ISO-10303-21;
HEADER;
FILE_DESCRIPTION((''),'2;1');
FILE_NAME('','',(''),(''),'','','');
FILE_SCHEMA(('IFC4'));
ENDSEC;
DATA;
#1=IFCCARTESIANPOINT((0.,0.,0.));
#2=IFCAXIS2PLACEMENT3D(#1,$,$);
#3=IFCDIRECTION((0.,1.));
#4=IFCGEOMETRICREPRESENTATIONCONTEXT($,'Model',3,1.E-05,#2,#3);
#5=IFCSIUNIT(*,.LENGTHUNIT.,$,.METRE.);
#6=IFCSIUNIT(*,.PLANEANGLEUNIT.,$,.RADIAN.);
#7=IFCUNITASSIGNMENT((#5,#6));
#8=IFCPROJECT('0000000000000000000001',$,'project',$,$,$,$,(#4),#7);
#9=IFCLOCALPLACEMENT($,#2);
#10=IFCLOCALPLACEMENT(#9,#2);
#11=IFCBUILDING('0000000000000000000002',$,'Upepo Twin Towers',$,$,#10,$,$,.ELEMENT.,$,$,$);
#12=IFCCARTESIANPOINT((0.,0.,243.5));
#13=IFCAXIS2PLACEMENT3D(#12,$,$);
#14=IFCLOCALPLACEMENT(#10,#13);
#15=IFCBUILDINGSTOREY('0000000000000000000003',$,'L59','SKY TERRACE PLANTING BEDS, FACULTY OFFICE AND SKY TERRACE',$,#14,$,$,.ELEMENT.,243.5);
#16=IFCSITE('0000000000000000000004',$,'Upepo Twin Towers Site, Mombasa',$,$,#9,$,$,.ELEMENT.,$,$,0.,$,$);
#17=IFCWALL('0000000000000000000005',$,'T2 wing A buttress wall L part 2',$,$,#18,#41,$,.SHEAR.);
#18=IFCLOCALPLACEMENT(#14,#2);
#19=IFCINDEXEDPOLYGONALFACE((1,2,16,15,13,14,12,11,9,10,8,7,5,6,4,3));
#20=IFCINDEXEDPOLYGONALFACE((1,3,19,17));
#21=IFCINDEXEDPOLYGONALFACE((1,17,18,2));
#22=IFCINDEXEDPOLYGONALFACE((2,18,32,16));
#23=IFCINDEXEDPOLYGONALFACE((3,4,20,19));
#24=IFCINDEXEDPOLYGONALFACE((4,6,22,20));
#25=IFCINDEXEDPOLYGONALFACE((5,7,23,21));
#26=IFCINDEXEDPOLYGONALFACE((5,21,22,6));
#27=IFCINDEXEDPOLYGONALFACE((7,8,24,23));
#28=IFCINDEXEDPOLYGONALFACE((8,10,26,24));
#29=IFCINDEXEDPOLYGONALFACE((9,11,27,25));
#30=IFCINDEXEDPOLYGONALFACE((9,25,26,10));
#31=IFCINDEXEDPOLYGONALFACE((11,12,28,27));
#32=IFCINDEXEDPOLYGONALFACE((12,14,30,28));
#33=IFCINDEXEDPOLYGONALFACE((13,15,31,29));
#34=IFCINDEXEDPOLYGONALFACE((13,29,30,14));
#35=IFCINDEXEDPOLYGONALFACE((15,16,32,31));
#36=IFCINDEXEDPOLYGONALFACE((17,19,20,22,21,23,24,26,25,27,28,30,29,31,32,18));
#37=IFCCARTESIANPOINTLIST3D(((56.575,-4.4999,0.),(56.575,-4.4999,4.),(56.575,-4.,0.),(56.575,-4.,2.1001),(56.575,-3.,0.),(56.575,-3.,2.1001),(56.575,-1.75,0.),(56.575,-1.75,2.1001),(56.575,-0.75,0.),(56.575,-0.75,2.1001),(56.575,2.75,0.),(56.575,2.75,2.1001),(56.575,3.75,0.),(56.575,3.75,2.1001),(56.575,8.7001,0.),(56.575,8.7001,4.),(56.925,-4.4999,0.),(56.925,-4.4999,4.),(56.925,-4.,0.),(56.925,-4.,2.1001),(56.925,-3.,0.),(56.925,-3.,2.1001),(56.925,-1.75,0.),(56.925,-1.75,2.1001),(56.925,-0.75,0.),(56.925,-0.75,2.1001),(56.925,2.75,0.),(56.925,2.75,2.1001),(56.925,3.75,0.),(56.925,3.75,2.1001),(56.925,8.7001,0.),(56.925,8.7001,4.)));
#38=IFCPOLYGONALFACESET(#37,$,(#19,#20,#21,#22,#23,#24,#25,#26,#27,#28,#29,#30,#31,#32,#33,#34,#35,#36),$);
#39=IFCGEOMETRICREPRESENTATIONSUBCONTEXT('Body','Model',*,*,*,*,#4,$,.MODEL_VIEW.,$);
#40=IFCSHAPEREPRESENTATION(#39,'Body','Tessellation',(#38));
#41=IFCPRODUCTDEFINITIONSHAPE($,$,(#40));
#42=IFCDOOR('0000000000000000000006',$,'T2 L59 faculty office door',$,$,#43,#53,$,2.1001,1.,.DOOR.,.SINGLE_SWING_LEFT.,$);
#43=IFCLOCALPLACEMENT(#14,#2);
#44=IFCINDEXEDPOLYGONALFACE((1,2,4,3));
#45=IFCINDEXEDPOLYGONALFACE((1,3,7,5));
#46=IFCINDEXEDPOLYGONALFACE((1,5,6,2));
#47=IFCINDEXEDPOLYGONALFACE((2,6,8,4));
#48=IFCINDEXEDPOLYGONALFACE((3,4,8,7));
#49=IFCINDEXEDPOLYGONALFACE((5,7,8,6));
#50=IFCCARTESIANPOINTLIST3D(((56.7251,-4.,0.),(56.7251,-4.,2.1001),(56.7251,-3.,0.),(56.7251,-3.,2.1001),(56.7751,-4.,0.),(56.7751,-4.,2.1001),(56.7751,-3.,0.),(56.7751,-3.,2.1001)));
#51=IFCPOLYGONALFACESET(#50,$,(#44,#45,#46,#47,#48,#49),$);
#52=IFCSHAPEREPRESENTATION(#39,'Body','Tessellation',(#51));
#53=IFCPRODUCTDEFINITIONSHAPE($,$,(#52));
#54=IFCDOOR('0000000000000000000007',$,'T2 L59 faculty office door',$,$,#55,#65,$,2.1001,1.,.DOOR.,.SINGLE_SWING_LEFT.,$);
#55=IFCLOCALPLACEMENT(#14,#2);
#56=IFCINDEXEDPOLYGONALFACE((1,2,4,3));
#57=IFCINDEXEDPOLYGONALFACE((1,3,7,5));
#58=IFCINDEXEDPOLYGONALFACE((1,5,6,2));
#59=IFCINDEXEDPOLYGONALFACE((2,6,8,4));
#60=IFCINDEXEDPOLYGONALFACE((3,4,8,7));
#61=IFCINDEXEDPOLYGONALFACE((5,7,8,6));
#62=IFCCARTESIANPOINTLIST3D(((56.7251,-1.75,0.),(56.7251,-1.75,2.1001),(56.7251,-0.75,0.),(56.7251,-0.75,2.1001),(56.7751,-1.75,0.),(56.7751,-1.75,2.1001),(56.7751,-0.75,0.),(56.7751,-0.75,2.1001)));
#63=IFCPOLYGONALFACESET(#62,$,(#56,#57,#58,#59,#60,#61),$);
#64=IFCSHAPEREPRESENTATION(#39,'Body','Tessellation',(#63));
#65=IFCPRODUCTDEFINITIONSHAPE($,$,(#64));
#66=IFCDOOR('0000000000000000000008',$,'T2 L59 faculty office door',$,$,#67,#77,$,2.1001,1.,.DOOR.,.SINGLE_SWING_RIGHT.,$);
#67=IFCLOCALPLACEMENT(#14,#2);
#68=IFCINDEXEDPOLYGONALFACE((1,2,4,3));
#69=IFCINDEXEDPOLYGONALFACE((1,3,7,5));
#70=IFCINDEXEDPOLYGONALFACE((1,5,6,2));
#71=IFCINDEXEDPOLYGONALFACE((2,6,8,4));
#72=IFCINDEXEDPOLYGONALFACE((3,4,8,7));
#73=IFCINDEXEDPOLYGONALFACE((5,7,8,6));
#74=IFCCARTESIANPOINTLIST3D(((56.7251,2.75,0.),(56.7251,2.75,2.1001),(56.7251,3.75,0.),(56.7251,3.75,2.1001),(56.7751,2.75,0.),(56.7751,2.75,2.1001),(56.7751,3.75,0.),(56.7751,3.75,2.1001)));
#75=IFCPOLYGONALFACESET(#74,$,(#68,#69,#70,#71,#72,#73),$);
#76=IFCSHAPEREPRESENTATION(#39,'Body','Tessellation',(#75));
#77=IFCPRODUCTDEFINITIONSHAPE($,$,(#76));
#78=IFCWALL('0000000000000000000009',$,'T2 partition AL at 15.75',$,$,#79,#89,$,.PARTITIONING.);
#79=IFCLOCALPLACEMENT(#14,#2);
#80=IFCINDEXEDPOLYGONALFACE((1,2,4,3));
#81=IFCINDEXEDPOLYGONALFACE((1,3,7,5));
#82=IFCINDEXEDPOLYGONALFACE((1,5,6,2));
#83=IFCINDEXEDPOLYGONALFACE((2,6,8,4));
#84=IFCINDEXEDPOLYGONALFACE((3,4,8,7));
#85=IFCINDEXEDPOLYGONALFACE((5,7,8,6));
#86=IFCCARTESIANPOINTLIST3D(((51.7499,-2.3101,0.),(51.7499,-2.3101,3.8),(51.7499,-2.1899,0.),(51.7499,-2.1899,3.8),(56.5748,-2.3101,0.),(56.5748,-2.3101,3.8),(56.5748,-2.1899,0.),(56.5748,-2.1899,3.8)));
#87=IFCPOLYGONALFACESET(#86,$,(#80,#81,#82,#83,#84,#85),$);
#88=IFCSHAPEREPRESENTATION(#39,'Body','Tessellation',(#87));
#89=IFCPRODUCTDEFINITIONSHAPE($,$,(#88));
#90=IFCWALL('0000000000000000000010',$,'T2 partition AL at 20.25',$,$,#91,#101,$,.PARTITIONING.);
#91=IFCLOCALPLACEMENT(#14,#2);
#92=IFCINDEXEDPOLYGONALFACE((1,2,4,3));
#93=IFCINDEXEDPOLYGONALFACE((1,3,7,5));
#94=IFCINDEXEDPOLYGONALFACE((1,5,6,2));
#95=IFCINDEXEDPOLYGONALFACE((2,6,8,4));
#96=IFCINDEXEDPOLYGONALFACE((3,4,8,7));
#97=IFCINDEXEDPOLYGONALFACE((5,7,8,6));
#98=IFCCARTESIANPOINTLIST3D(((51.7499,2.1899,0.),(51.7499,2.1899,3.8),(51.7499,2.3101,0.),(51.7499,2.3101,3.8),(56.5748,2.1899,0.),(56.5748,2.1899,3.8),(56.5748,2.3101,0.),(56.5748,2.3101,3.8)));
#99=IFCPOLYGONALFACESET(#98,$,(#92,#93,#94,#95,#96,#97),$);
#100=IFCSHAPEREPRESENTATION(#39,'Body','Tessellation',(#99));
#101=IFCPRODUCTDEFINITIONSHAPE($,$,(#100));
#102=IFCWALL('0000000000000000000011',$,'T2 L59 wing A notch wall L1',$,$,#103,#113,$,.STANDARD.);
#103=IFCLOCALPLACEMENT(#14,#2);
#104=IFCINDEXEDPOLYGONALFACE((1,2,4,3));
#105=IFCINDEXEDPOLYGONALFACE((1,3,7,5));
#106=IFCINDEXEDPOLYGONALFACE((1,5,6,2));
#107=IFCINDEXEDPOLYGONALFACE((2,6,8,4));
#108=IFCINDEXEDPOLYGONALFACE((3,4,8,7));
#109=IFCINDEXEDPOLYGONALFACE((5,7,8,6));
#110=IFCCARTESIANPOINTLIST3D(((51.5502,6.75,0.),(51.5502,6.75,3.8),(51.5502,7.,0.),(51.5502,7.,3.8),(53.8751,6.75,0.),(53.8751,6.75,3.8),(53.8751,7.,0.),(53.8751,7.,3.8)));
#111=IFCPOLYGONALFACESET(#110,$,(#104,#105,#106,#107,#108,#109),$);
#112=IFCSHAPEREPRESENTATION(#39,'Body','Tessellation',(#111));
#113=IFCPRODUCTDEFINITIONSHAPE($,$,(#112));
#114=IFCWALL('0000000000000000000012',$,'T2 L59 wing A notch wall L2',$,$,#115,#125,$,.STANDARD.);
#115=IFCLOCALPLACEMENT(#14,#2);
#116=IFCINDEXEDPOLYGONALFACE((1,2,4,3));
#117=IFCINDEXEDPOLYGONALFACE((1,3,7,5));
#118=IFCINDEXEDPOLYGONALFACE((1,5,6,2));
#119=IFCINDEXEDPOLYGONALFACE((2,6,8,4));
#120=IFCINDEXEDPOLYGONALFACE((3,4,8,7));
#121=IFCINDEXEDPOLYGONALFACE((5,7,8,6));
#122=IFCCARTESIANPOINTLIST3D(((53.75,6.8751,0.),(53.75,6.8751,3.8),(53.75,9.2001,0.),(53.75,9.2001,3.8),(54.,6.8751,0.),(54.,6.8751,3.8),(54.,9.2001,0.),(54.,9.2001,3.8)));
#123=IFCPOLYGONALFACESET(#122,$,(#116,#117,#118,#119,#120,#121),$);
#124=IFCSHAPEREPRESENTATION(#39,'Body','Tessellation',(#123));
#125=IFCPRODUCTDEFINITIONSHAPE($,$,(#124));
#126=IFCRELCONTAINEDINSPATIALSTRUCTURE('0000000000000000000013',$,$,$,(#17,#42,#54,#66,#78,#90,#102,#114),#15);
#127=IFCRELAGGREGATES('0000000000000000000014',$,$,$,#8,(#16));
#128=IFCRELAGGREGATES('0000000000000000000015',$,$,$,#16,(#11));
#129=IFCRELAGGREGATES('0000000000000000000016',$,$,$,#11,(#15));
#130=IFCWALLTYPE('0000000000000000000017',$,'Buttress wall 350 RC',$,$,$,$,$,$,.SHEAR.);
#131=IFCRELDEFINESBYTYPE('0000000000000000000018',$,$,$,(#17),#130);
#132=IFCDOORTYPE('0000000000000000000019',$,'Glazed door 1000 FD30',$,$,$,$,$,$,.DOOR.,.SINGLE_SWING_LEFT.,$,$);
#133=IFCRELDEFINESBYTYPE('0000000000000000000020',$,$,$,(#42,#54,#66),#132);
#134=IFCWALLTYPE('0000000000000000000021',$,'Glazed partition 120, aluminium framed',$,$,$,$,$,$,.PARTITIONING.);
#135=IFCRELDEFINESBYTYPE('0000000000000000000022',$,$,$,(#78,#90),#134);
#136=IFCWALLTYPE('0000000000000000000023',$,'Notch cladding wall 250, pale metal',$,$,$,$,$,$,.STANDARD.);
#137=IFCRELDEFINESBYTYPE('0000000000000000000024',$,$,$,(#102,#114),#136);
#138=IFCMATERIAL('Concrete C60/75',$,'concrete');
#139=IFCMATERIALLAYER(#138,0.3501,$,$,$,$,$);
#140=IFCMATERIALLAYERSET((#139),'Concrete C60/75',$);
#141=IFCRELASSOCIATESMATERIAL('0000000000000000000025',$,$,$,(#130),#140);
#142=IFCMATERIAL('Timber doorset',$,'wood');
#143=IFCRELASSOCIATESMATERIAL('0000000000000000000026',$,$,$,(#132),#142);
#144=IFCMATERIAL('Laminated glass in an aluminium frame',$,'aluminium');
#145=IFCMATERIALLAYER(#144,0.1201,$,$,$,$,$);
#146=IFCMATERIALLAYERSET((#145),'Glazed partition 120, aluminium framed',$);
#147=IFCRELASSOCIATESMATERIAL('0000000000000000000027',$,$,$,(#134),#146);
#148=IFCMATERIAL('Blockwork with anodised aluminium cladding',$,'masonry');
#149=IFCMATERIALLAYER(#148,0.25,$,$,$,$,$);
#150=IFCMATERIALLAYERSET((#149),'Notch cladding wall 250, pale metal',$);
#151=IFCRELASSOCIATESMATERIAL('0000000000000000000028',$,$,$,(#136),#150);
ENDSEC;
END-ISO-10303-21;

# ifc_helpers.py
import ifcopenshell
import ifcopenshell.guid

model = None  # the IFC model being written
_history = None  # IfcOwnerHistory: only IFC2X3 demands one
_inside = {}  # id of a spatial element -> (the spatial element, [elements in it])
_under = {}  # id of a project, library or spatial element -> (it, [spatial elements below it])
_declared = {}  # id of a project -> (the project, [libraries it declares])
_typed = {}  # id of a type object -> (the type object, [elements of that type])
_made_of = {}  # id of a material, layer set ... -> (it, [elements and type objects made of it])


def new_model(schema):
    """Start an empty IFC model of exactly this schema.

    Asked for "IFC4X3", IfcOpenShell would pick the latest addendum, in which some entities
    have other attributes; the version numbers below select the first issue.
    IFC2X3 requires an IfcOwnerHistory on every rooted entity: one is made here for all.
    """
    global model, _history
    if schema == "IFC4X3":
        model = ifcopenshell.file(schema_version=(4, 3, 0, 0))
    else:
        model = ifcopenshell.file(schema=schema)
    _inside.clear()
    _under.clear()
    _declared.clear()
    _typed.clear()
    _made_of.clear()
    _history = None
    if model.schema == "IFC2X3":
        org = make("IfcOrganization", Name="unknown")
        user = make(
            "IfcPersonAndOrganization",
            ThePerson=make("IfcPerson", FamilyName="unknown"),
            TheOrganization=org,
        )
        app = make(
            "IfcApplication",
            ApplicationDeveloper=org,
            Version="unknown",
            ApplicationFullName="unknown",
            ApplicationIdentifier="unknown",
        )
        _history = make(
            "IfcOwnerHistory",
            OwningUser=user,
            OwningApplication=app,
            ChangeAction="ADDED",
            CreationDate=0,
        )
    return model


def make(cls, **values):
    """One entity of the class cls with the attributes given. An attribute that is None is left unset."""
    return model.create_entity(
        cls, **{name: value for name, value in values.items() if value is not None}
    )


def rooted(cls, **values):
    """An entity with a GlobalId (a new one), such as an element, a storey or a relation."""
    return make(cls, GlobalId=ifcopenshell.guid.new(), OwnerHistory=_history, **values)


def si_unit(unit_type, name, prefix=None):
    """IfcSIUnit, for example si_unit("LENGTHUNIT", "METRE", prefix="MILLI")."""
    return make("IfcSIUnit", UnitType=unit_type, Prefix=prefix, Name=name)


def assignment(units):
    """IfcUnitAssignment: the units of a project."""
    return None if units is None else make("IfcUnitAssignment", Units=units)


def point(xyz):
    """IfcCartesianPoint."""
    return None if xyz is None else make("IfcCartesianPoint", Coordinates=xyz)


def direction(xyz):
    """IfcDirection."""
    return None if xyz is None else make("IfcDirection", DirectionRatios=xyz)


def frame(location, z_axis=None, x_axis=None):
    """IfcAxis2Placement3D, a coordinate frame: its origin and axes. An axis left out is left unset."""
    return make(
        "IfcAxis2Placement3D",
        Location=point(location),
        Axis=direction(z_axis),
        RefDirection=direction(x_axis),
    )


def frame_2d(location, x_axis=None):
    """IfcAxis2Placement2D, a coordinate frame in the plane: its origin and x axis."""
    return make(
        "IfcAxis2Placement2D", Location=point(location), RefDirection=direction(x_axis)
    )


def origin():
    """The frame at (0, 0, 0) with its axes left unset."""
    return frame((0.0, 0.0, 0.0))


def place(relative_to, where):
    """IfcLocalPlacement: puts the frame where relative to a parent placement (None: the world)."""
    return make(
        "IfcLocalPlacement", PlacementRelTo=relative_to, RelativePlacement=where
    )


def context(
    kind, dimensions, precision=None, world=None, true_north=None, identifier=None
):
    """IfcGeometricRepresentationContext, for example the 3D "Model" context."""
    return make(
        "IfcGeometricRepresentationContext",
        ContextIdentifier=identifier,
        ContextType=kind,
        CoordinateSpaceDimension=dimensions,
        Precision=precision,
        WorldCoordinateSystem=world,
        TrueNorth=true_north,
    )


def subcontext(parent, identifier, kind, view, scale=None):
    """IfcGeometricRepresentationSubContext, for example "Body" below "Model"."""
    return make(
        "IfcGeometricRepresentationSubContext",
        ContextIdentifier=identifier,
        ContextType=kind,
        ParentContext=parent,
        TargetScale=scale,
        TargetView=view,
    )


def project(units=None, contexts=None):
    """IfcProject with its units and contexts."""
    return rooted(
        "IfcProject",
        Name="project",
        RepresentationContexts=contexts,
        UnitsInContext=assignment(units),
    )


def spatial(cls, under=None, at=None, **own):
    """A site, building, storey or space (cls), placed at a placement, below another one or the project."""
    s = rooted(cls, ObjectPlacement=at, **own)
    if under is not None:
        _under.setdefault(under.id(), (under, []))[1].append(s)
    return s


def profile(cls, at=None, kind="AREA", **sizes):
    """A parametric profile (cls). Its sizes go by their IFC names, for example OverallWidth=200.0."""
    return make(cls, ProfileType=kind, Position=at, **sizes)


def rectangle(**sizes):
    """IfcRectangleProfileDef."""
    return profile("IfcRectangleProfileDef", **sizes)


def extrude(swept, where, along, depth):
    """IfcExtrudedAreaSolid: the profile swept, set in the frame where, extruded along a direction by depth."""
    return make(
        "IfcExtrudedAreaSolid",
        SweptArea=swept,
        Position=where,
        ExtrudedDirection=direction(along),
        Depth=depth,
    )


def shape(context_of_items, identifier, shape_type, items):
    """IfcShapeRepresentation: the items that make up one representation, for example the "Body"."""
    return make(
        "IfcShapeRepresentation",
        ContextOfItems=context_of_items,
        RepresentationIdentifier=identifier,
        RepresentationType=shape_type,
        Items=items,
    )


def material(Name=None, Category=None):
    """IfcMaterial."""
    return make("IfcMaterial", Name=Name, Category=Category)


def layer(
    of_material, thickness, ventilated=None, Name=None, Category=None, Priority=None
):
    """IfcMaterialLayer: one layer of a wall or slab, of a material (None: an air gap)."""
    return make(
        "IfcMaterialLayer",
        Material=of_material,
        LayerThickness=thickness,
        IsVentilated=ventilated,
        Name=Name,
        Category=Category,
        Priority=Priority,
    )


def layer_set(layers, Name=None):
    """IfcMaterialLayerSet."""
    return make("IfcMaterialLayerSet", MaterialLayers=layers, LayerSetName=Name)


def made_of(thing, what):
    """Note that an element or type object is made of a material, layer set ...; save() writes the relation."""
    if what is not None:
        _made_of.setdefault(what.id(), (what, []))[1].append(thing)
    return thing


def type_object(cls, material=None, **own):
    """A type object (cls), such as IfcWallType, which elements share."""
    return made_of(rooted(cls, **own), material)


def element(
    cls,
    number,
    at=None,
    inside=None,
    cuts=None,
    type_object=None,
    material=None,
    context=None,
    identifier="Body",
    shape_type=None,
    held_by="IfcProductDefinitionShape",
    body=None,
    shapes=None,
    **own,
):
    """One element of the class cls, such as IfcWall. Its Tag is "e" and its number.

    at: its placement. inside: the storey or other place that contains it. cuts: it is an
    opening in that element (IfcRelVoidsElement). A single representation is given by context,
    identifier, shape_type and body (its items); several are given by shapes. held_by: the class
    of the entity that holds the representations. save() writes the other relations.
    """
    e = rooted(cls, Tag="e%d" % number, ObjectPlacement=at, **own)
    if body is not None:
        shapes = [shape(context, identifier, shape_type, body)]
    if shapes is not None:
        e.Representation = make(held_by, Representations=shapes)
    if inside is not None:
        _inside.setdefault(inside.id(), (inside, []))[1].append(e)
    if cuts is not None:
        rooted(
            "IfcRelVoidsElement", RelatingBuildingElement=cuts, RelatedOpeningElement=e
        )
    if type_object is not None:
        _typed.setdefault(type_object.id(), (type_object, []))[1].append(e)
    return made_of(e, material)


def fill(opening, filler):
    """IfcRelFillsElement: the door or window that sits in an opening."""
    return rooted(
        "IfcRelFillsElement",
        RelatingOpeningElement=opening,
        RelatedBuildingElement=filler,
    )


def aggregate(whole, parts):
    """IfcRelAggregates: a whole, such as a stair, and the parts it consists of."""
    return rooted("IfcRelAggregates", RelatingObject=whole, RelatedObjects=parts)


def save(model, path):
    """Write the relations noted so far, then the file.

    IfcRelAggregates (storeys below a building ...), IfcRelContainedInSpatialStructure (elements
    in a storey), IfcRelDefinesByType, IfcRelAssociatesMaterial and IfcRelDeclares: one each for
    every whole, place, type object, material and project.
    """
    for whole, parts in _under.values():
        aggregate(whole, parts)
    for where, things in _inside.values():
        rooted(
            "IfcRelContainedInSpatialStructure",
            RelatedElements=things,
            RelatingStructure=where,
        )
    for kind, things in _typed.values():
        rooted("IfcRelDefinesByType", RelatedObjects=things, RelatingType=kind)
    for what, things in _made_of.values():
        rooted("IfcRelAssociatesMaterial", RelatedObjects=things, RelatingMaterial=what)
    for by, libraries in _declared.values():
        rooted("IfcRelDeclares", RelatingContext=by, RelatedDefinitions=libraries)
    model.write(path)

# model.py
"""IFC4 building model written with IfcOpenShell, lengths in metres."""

from ifc_helpers import new_model, si_unit, direction, frame, frame_2d, origin, place, context, subcontext, project, spatial, rectangle, extrude, material, layer, layer_set, type_object, element, fill, save


model = new_model("IFC4")

# Units and contexts
model_context = context("Model", 3, precision=1e-05, world=origin(), true_north=direction((0.0, 1.0)))
body_context = subcontext(model_context, "Body", "Model", "MODEL_VIEW")
ifc_project = project(units=[si_unit("LENGTHUNIT", "METRE"), si_unit("PLANEANGLEUNIT", "RADIAN")], contexts=[model_context])

# Site, building, storey
site_placement = place(None, origin())
site = spatial("IfcSite", under=ifc_project, at=site_placement, Name="Upepo Twin Towers Site, Mombasa", CompositionType="ELEMENT", RefElevation=0.0)
building_placement = place(site_placement, origin())
building = spatial("IfcBuilding", under=site, at=building_placement, Name="Upepo Twin Towers", CompositionType="ELEMENT")
storey_placement = place(building_placement, frame((0.0, 0.0, 243.5)))
storey = spatial("IfcBuildingStorey", under=building, at=storey_placement, Name="L59", Description="SKY TERRACE PLANTING BEDS, FACULTY OFFICE AND SKY TERRACE", CompositionType="ELEMENT", Elevation=243.5)

# Wall, openings, doors
ifc_material_1 = material(Name="Concrete C60/75", Category="concrete")
ifc_layer_1 = layer(ifc_material_1, 0.3501)
ifc_layer_set_1 = layer_set([ifc_layer_1], Name="Concrete C60/75")
wall_type_1 = type_object("IfcWallType", Name="Buttress wall 350 RC", PredefinedType="SHEAR", material=ifc_layer_set_1)
wall_1_placement = place(storey_placement, frame((56.75, -4.5, 0.0), z_axis=(0.0, 0.0, 1.0), x_axis=(0.0, 1.0, 0.0)))
wall_1 = element("IfcWall", 1, at=wall_1_placement, inside=storey, type_object=wall_type_1, Name="T2 wing A buttress wall L part 2", PredefinedType="SHEAR", context=body_context, shape_type="SweptSolid", body=[
    extrude(rectangle(XDim=13.2, YDim=0.3501, at=frame_2d((6.6001, 0.0))), origin(), (0.0, 0.0, 1.0), 4.0),
])
opening_1_placement = place(wall_1_placement, frame((0.5, 0.0, 0.0)))
opening_1 = element("IfcOpeningElement", 2, at=opening_1_placement, cuts=wall_1, PredefinedType="OPENING", context=body_context, shape_type="SweptSolid", body=[
    extrude(rectangle(XDim=1.0, YDim=2.1001, at=frame_2d((0.5, 1.05))), frame((0.0, 0.1851, 0.0), z_axis=(0.0, -1.0, 0.0), x_axis=(1.0, 0.0, 0.0)), (0.0, 0.0, 1.0), 0.3701),
])
opening_2_placement = place(wall_1_placement, frame((2.75, 0.0, 0.0)))
opening_2 = element("IfcOpeningElement", 3, at=opening_2_placement, cuts=wall_1, PredefinedType="OPENING", context=body_context, shape_type="SweptSolid", body=[
    extrude(rectangle(XDim=1.0, YDim=2.1001, at=frame_2d((0.5, 1.05))), frame((0.0, 0.1851, 0.0), z_axis=(0.0, -1.0, 0.0), x_axis=(1.0, 0.0, 0.0)), (0.0, 0.0, 1.0), 0.3701),
])
opening_3_placement = place(wall_1_placement, frame((7.25, 0.0, 0.0)))
opening_3 = element("IfcOpeningElement", 4, at=opening_3_placement, cuts=wall_1, PredefinedType="OPENING", context=body_context, shape_type="SweptSolid", body=[
    extrude(rectangle(XDim=1.0, YDim=2.1001, at=frame_2d((0.5, 1.05))), frame((0.0, 0.1851, 0.0), z_axis=(0.0, -1.0, 0.0), x_axis=(1.0, 0.0, 0.0)), (0.0, 0.0, 1.0), 0.3701),
])
ifc_material_2 = material(Name="Timber doorset", Category="wood")
door_type = type_object("IfcDoorType", Name="Glazed door 1000 FD30", OperationType="SINGLE_SWING_LEFT", PredefinedType="DOOR", material=ifc_material_2)
door_1_placement = place(opening_1_placement, origin())
door_1 = element("IfcDoor", 5, at=door_1_placement, inside=storey, type_object=door_type, Name="T2 L59 faculty office door", OperationType="SINGLE_SWING_LEFT", OverallHeight=2.1001, OverallWidth=1.0, PredefinedType="DOOR", context=body_context, shape_type="SweptSolid", body=[
    extrude(rectangle(XDim=1.0, YDim=2.1001, at=frame_2d((0.5, 1.05))), frame((0.0, 0.0249, 0.0), z_axis=(0.0, -1.0, 0.0), x_axis=(1.0, 0.0, 0.0)), (0.0, 0.0, 1.0), 0.05),
])
fill(opening_1, door_1)
door_2_placement = place(opening_2_placement, origin())
door_2 = element("IfcDoor", 6, at=door_2_placement, inside=storey, type_object=door_type, Name="T2 L59 faculty office door", OperationType="SINGLE_SWING_LEFT", OverallHeight=2.1001, OverallWidth=1.0, PredefinedType="DOOR", context=body_context, shape_type="SweptSolid", body=[
    extrude(rectangle(XDim=1.0, YDim=2.1001, at=frame_2d((0.5, 1.05))), frame((0.0, 0.0249, 0.0), z_axis=(0.0, -1.0, 0.0), x_axis=(1.0, 0.0, 0.0)), (0.0, 0.0, 1.0), 0.05),
])
fill(opening_2, door_2)
door_3_placement = place(opening_3_placement, origin())
door_3 = element("IfcDoor", 7, at=door_3_placement, inside=storey, type_object=door_type, Name="T2 L59 faculty office door", OperationType="SINGLE_SWING_RIGHT", OverallHeight=2.1001, OverallWidth=1.0, PredefinedType="DOOR", context=body_context, shape_type="SweptSolid", body=[
    extrude(rectangle(XDim=1.0, YDim=2.1001, at=frame_2d((0.5, 1.05))), frame((0.0, 0.0249, 0.0), z_axis=(0.0, -1.0, 0.0), x_axis=(1.0, 0.0, 0.0)), (0.0, 0.0, 1.0), 0.05),
])
fill(opening_3, door_3)

# Walls
ifc_material_3 = material(Name="Laminated glass in an aluminium frame", Category="aluminium")
ifc_layer_2 = layer(ifc_material_3, 0.1201)
ifc_layer_set_2 = layer_set([ifc_layer_2], Name="Glazed partition 120, aluminium framed")
wall_type_2 = type_object("IfcWallType", Name="Glazed partition 120, aluminium framed", PredefinedType="PARTITIONING", material=ifc_layer_set_2)
for number, where, z_axis, x_axis, name in (
    (8, (56.575, -2.25, 0.0), (0.0, 0.0, 1.0), (-1.0, 0.0, 0.0), "T2 partition AL at 15.75"),
    (9, (56.575, 2.25, 0.0), (0.0, 0.0, 1.0), (-1.0, 0.0, 0.0), "T2 partition AL at 20.25"),
):
    element("IfcWall", number, at=place(storey_placement, frame(where, z_axis=z_axis, x_axis=x_axis)), inside=storey, type_object=wall_type_2, Name=name, PredefinedType="PARTITIONING", context=body_context, shape_type="SweptSolid", body=[
        extrude(rectangle(XDim=4.825, YDim=0.1201, at=frame_2d((2.4126, 0.0))), origin(), (0.0, 0.0, 1.0), 3.8),
    ])
ifc_material_4 = material(Name="Blockwork with anodised aluminium cladding", Category="masonry")
ifc_layer_3 = layer(ifc_material_4, 0.25)
ifc_layer_set_3 = layer_set([ifc_layer_3], Name="Notch cladding wall 250, pale metal")
wall_type_3 = type_object("IfcWallType", Name="Notch cladding wall 250, pale metal", PredefinedType="STANDARD", material=ifc_layer_set_3)
for number, where, z_axis, x_axis, name in (
    (10, (51.55, 6.875, 0.0), (0.0, 0.0, 1.0), (1.0, 0.0, 0.0), "T2 L59 wing A notch wall L1"),
    (11, (53.875, 6.875, 0.0), (0.0, 0.0, 1.0), (0.0, 1.0, 0.0), "T2 L59 wing A notch wall L2"),
):
    element("IfcWall", number, at=place(storey_placement, frame(where, z_axis=z_axis, x_axis=x_axis)), inside=storey, type_object=wall_type_3, Name=name, PredefinedType="STANDARD", context=body_context, shape_type="SweptSolid", body=[
        extrude(rectangle(XDim=2.325, YDim=0.25, at=frame_2d((1.1626, 0.0))), origin(), (0.0, 0.0, 1.0), 3.8),
    ])

save(model, "model.ifc")
